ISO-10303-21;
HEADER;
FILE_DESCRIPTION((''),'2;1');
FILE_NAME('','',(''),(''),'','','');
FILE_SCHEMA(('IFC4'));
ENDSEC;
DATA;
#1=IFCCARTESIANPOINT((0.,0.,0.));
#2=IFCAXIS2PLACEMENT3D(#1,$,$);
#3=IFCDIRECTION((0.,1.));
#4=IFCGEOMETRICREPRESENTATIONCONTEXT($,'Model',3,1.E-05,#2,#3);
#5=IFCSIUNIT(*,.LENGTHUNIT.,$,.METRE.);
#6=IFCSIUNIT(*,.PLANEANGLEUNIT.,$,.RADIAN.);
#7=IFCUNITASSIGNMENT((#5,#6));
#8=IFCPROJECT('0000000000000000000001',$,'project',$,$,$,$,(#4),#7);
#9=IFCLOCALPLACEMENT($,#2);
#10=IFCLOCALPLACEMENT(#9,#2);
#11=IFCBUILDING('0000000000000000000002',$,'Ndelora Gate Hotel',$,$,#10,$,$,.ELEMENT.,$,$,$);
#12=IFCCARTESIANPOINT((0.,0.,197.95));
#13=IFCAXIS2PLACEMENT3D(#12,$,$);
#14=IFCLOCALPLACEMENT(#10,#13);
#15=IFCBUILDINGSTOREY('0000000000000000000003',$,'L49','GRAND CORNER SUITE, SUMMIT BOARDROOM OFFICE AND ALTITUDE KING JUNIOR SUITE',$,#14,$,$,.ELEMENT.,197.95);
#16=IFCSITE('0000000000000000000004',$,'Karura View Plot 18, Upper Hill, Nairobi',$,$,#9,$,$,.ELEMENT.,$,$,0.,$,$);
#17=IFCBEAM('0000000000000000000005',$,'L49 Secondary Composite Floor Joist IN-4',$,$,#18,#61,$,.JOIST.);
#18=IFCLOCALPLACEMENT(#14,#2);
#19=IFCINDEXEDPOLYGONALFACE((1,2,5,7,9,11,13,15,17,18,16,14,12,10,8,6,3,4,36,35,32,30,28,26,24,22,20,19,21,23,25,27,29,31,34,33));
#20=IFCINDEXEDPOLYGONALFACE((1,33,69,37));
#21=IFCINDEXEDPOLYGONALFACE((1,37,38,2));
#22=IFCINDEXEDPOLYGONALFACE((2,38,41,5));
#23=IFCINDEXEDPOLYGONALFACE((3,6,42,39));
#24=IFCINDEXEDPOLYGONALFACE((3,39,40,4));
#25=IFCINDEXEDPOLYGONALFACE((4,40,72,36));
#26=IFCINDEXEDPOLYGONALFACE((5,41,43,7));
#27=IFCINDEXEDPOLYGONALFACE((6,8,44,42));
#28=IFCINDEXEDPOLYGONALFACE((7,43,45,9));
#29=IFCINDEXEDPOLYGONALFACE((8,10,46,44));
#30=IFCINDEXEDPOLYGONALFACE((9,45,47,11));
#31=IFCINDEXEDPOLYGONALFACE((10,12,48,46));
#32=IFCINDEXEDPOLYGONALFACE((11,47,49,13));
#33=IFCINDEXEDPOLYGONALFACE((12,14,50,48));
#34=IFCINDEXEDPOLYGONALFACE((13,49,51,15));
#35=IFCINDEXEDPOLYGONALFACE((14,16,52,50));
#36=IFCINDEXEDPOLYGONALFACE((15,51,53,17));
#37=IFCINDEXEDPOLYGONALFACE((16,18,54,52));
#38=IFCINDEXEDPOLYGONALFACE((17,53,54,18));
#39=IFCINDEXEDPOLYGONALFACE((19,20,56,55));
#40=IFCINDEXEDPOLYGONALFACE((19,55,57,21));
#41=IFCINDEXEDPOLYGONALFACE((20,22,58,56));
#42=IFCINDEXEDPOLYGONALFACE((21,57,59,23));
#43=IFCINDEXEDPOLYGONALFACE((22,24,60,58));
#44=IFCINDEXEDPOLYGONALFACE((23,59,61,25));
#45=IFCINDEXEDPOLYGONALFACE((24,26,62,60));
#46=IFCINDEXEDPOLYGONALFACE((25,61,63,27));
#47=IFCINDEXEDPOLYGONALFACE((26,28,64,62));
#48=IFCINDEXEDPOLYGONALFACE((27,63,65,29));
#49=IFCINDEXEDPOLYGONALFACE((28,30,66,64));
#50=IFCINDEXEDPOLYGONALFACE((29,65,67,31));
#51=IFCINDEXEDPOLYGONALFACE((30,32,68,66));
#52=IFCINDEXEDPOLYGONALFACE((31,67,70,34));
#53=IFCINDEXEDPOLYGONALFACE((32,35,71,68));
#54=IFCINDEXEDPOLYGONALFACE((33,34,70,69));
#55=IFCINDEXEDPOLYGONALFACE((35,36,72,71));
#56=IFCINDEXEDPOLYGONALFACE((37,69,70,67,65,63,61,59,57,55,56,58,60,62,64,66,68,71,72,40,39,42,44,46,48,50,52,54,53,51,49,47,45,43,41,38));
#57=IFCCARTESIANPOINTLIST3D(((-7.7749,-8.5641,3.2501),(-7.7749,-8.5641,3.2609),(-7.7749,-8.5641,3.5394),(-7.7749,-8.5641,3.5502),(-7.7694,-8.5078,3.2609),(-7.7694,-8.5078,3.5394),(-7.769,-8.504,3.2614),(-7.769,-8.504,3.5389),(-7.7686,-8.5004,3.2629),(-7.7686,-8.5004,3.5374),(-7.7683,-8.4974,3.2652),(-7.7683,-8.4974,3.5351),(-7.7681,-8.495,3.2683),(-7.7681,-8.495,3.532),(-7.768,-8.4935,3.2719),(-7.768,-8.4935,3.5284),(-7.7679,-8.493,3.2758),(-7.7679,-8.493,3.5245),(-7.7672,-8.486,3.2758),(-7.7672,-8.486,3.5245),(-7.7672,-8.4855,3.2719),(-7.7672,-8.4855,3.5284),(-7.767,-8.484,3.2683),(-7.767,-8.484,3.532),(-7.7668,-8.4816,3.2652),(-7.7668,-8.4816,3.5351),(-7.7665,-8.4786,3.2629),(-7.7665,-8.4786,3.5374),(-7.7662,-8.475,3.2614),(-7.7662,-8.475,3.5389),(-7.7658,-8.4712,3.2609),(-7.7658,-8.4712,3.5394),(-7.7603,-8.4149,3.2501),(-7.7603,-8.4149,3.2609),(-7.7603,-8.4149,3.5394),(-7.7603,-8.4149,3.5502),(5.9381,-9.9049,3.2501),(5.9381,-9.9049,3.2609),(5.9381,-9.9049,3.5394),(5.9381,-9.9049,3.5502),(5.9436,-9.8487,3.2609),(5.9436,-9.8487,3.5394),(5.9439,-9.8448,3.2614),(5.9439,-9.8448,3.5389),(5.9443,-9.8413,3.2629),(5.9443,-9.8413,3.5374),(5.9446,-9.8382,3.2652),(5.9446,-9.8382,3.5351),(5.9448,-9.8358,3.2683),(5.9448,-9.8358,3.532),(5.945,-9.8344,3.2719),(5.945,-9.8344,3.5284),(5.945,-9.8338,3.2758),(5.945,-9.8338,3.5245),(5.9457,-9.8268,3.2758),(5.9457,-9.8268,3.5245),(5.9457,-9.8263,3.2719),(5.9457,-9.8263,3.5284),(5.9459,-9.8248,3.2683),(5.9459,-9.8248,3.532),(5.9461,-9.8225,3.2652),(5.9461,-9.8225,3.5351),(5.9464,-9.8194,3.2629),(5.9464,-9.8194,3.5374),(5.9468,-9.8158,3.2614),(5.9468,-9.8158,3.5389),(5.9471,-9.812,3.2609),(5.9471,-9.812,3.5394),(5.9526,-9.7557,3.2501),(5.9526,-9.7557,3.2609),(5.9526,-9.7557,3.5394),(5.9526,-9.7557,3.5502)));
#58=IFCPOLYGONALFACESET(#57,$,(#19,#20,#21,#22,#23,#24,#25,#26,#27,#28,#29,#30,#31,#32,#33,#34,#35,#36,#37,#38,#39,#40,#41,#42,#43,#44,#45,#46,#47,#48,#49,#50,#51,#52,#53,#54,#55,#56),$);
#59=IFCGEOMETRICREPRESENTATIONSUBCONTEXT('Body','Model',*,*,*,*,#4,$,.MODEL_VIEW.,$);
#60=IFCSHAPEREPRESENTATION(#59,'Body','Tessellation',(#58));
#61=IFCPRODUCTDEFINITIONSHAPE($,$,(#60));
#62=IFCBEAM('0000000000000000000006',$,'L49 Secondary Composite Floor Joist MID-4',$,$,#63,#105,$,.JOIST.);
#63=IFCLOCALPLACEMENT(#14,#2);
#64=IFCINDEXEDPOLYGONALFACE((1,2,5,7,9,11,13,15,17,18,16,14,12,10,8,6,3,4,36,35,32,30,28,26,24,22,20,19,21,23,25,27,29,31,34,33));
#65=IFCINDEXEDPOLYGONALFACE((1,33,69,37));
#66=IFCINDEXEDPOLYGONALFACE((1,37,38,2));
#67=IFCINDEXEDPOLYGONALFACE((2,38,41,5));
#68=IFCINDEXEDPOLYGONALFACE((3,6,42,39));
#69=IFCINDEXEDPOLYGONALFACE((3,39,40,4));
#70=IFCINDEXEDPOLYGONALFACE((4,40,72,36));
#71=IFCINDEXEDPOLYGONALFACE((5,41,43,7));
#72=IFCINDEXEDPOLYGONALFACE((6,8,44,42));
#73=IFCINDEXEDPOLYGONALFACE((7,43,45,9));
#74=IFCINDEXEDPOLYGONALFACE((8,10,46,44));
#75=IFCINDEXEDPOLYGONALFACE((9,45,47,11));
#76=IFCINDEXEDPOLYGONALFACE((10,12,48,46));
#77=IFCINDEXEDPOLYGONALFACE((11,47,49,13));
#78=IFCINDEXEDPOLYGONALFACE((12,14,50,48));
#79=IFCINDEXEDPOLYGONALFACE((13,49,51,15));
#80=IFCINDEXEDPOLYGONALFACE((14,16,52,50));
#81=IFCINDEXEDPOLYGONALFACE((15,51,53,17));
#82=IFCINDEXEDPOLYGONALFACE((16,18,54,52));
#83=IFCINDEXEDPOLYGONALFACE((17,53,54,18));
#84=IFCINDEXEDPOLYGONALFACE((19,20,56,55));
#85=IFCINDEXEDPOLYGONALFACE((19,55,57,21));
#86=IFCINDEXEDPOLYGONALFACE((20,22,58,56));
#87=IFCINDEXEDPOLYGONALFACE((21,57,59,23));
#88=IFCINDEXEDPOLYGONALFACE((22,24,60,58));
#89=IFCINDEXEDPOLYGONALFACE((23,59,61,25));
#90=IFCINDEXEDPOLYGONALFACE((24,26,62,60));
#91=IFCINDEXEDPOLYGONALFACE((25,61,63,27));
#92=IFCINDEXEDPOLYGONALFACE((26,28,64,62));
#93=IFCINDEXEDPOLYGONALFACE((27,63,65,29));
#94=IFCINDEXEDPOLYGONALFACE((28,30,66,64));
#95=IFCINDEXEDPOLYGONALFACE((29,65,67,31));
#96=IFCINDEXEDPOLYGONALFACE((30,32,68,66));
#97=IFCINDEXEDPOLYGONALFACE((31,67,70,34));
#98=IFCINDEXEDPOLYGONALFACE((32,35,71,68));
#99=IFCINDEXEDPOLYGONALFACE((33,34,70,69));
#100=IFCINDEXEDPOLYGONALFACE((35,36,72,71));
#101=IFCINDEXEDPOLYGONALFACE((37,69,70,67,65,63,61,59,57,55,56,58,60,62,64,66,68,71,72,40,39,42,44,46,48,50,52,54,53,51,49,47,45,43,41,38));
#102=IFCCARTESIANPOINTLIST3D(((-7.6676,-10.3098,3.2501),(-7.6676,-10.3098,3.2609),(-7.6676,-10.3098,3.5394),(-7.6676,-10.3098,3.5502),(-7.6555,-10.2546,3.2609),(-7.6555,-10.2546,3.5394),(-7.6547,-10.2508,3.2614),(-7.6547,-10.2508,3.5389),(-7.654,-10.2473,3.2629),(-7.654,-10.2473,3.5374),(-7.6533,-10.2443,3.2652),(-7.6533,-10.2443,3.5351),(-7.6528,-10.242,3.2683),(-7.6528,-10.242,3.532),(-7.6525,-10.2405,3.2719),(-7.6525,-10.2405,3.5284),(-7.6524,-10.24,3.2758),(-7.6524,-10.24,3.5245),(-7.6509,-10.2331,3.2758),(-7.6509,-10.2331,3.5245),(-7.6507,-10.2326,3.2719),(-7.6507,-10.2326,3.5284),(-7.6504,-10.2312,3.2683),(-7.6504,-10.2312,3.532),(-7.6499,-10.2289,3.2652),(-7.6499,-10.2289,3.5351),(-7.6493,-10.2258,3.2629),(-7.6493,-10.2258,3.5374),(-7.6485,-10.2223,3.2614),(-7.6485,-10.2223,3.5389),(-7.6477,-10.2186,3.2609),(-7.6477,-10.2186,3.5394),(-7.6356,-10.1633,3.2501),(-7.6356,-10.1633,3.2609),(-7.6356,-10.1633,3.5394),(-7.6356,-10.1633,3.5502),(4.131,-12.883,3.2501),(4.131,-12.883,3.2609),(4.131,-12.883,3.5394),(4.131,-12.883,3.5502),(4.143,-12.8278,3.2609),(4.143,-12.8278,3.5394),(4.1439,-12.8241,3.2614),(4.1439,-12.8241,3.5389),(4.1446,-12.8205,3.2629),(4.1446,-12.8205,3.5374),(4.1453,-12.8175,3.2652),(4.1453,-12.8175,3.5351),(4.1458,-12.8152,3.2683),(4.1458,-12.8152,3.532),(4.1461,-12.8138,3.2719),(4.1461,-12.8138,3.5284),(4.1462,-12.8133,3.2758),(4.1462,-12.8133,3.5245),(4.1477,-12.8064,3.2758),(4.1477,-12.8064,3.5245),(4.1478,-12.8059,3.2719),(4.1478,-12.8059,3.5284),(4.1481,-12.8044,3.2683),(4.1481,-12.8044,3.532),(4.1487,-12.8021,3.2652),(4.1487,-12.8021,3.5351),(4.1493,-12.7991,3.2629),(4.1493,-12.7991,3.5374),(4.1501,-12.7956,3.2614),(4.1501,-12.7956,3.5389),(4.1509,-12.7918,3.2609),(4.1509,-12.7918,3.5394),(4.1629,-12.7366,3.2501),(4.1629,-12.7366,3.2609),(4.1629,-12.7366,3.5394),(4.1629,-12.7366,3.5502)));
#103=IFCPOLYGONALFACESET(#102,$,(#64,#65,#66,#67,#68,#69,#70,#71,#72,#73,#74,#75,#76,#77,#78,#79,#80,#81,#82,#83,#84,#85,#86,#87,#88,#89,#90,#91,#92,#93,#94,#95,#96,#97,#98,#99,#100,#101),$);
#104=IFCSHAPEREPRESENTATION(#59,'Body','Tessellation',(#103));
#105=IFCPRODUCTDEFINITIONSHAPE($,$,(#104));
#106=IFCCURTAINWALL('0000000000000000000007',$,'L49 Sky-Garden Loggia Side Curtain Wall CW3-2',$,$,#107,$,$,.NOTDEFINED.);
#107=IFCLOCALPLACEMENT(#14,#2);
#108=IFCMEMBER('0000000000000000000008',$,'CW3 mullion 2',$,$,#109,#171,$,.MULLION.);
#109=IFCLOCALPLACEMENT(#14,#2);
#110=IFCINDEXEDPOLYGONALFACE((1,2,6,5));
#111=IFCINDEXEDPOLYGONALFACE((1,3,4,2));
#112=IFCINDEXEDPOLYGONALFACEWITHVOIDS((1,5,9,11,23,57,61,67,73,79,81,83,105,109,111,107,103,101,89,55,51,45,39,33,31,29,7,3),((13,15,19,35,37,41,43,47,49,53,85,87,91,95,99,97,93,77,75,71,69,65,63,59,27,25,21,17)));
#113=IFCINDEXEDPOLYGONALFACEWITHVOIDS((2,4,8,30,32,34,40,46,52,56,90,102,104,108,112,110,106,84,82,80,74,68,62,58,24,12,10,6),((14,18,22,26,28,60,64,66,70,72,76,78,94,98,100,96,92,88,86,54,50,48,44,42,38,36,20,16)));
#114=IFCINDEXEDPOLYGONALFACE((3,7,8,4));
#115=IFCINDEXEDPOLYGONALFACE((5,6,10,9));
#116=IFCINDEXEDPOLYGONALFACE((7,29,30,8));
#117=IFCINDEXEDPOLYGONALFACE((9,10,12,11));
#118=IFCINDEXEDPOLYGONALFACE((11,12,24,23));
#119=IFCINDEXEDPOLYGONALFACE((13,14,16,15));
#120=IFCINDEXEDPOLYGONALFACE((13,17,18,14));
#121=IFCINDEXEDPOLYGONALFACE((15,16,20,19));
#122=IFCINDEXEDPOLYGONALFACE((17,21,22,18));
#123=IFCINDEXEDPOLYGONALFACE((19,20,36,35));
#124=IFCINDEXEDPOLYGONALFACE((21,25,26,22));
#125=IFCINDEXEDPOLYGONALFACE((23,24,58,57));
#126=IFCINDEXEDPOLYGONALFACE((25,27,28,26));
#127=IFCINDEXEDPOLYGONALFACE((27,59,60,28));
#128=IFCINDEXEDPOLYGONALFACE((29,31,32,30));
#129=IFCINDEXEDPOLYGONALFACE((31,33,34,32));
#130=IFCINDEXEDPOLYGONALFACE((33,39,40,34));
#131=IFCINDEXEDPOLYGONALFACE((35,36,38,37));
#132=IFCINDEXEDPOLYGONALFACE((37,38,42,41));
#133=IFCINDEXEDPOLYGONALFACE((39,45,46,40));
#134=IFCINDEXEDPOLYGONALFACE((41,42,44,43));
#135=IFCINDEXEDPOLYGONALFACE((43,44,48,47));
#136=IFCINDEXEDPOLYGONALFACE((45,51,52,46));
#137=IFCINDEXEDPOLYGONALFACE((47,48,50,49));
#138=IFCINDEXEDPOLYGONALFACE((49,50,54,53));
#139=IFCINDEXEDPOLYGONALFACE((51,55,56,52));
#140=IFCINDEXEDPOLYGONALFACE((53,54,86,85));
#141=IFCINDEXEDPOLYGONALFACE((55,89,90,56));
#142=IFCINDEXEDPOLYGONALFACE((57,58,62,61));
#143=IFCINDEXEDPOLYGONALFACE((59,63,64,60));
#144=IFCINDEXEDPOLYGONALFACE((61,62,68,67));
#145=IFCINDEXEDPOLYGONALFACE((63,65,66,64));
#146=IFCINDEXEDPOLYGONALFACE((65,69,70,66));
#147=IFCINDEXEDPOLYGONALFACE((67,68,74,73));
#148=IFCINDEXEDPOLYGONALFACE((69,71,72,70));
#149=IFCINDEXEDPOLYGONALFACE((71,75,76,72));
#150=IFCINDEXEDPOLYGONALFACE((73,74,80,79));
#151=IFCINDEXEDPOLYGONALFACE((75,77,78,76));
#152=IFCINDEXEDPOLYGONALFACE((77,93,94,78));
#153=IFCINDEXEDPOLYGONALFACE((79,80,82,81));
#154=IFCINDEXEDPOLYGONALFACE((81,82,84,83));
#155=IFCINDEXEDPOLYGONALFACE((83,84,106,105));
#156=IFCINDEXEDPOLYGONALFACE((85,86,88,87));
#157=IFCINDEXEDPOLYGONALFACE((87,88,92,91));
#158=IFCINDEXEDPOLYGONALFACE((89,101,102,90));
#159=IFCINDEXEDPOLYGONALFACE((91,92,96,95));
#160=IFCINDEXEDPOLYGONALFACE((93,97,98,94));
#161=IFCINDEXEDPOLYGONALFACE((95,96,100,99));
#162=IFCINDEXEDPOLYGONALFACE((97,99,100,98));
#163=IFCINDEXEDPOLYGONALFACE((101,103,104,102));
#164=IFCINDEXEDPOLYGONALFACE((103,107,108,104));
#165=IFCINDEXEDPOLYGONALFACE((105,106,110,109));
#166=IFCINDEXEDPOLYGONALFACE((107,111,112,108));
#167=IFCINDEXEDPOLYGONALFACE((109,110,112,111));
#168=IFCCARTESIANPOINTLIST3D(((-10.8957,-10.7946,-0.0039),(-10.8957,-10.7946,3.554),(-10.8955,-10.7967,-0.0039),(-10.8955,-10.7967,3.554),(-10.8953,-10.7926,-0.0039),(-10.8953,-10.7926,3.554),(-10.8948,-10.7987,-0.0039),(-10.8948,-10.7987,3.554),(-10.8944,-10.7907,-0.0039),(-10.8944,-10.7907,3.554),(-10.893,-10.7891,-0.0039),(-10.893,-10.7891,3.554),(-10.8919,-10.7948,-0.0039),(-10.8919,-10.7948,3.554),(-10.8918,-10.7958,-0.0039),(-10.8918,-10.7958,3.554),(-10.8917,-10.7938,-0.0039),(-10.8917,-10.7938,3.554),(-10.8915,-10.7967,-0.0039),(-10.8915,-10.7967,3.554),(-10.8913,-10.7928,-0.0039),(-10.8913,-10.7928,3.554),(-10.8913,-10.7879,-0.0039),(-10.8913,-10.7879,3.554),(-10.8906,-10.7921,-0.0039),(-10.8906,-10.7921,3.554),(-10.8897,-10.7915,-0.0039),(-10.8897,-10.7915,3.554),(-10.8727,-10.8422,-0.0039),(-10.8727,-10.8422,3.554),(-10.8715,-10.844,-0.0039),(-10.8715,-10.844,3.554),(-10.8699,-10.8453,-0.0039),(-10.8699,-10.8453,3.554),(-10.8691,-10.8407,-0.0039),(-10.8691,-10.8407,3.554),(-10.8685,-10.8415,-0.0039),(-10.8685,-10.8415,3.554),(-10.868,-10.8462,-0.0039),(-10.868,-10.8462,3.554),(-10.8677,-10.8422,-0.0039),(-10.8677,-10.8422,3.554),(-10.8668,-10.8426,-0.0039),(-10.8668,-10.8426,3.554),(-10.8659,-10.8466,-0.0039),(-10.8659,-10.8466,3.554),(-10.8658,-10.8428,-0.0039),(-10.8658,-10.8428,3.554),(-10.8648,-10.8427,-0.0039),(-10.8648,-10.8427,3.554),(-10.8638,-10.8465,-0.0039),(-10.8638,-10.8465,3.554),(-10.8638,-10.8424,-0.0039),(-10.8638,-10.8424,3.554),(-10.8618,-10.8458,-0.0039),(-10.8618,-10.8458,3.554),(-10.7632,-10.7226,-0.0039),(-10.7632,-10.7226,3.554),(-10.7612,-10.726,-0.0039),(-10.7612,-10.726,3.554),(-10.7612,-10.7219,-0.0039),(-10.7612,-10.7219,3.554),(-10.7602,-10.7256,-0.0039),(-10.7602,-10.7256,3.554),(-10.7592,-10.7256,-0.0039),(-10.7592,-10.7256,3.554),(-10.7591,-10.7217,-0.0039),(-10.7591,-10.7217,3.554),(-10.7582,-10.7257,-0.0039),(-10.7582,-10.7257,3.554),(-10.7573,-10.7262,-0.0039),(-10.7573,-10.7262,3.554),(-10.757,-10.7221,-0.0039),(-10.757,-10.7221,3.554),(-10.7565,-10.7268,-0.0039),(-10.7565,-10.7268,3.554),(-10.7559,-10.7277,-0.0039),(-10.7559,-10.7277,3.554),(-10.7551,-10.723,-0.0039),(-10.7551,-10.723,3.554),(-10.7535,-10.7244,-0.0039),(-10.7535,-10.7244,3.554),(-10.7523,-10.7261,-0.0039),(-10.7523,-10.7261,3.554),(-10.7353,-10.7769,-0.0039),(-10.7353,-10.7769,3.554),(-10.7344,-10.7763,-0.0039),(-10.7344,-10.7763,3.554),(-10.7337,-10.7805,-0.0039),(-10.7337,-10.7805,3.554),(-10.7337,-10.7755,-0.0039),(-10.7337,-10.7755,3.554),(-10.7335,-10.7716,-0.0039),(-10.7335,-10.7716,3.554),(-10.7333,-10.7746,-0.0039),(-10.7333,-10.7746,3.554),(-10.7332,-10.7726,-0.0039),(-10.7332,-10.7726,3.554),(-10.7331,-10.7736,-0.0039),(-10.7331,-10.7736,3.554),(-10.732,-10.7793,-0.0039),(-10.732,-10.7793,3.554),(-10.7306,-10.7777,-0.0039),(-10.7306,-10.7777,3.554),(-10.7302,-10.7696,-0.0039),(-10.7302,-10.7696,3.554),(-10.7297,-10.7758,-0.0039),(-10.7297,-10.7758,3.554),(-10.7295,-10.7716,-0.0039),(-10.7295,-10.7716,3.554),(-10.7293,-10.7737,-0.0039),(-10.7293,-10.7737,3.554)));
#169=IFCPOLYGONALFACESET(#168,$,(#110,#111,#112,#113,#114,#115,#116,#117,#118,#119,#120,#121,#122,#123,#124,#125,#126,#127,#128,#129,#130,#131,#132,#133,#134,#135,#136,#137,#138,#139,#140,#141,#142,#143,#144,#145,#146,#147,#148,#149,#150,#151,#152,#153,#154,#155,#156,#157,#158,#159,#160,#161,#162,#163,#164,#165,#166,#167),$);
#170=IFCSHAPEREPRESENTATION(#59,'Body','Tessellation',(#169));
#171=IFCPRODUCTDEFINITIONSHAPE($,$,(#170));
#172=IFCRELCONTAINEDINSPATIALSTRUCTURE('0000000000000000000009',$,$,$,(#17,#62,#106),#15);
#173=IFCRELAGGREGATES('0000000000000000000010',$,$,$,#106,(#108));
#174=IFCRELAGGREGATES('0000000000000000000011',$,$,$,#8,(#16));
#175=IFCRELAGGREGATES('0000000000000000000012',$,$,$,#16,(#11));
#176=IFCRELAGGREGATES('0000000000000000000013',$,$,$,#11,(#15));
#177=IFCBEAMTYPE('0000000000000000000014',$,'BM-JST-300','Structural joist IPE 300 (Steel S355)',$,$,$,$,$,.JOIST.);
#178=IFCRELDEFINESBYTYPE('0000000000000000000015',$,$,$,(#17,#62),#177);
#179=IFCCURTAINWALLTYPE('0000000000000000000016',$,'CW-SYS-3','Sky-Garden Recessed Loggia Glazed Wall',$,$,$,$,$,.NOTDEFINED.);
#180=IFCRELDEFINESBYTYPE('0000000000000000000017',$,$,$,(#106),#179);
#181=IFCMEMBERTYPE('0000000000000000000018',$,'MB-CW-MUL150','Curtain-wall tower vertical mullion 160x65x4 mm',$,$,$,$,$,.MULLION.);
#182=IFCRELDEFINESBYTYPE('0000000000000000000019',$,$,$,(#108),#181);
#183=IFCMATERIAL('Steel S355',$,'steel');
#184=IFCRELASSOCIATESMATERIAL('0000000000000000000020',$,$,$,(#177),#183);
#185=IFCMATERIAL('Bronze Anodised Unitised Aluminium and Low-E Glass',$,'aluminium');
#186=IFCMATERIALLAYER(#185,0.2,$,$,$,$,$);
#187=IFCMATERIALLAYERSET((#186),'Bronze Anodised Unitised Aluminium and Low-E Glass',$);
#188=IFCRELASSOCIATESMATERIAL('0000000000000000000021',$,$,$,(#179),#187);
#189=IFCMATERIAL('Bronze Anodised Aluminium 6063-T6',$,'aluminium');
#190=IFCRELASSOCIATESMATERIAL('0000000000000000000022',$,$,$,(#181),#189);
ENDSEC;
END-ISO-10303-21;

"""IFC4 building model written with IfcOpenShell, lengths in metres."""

from ifc_helpers import new_model, si_unit, direction, frame, origin, origin_2d, place, context, subcontext, project, spatial, hollow_rectangle, i_section, extrude, material, layer, layer_set, material_profile, profile_set, type_object, element, aggregate, save


model = new_model("IFC4")

# Units and contexts
model_context = context("Model", 3, precision=1e-05, world=origin(), true_north=direction((0.0, 1.0)))
body_context = subcontext(model_context, "Body", "Model", "MODEL_VIEW")
ifc_project = project(units=[si_unit("LENGTHUNIT", "METRE"), si_unit("PLANEANGLEUNIT", "RADIAN")], contexts=[model_context])

# Site, building, storey
site_placement = place(None, origin())
site = spatial("IfcSite", under=ifc_project, at=site_placement, Name="Karura View Plot 18, Upper Hill, Nairobi", CompositionType="ELEMENT", RefElevation=0.0)
building_placement = place(site_placement, origin())
building = spatial("IfcBuilding", under=site, at=building_placement, Name="Ndelora Gate Hotel", CompositionType="ELEMENT")
storey_placement = place(building_placement, frame((0.0, 0.0, 197.95)))
storey = spatial("IfcBuildingStorey", under=building, at=storey_placement, Name="L49", Description="GRAND CORNER SUITE, SUMMIT BOARDROOM OFFICE AND ALTITUDE KING JUNIOR SUITE", CompositionType="ELEMENT", Elevation=197.95)

# Beams
ifc_material_1 = material(Name="Steel S355", Category="steel")
ifc_material_profile_1 = material_profile(ifc_material_1, i_section(OverallWidth=0.1499, OverallDepth=0.3, WebThickness=0.0071, FlangeThickness=0.0107, FilletRadius=0.0149, at=origin_2d()), Name="IPE 300")
ifc_profile_set_1 = profile_set([ifc_material_profile_1], Name="Steel S355")
beam_type = type_object("IfcBeamType", Name="BM-JST-300", Description="Structural joist IPE 300 (Steel S355)", PredefinedType="JOIST", material=ifc_profile_set_1)
beam_1_placement = place(storey_placement, frame((-7.7676, -8.4895, 3.4001), z_axis=(0.995254, -0.097314, 0.0), x_axis=(0.097314, 0.995254, 0.0)))
element("IfcBeam", 1, at=beam_1_placement, inside=storey, type_object=beam_type, Name="L49 Secondary Composite Floor Joist IN-4", PredefinedType="JOIST", context=body_context, shape_type="SweptSolid", body=[
    extrude(i_section(OverallWidth=0.1499, OverallDepth=0.3, WebThickness=0.0071, FlangeThickness=0.0107, FilletRadius=0.0149, at=origin_2d()), origin(), (0.0, 0.0, 1.0), 13.7783),
])
beam_2_placement = place(storey_placement, frame((-7.6516, -10.2366, 3.4001), z_axis=(0.977033, -0.213088, 0.0), x_axis=(0.213088, 0.977033, 0.0)))
element("IfcBeam", 2, at=beam_2_placement, inside=storey, type_object=beam_type, Name="L49 Secondary Composite Floor Joist MID-4", PredefinedType="JOIST", context=body_context, shape_type="SweptSolid", body=[
    extrude(i_section(OverallWidth=0.1499, OverallDepth=0.3, WebThickness=0.0071, FlangeThickness=0.0107, FilletRadius=0.0149, at=origin_2d()), origin(), (0.0, 0.0, 1.0), 12.0759),
])

# Curtain wall, member
ifc_material_2 = material(Name="Bronze Anodised Unitised Aluminium and Low-E Glass", Category="aluminium")
ifc_layer_1 = layer(ifc_material_2, 0.2)
ifc_layer_set_1 = layer_set([ifc_layer_1], Name="Bronze Anodised Unitised Aluminium and Low-E Glass")
curtain_wall_type = type_object("IfcCurtainWallType", Name="CW-SYS-3", Description="Sky-Garden Recessed Loggia Glazed Wall", PredefinedType="NOTDEFINED", material=ifc_layer_set_1)
curtain_wall_placement = place(storey_placement, origin())
curtain_wall = element("IfcCurtainWall", 3, at=curtain_wall_placement, inside=storey, type_object=curtain_wall_type, Name="L49 Sky-Garden Loggia Side Curtain Wall CW3-2", PredefinedType="NOTDEFINED")
ifc_material_3 = material(Name="Bronze Anodised Aluminium 6063-T6", Category="aluminium")
ifc_material_profile_2 = material_profile(ifc_material_3, hollow_rectangle(XDim=0.0649, YDim=0.1599, WallThickness=0.0039, InnerFilletRadius=0.0039, OuterFilletRadius=0.0081, at=origin_2d()), Name="ALU 160x65x4")
ifc_profile_set_2 = profile_set([ifc_material_profile_2], Name="Bronze Anodised Aluminium 6063-T6")
member_type_1 = type_object("IfcMemberType", Name="MB-CW-MUL150", Description="Curtain-wall tower vertical mullion 160x65x4 mm", PredefinedType="MULLION", material=ifc_profile_set_2)
member_1_placement = place(storey_placement, frame((-10.8125, -10.7842, -0.0039), z_axis=(0.0, 0.0, 1.0), x_axis=(-0.454001, 0.891001, 0.0)))
member_1 = element("IfcMember", 4, at=member_1_placement, type_object=member_type_1, Name="CW3 mullion 2", PredefinedType="MULLION", context=body_context, shape_type="SweptSolid", body=[
    extrude(hollow_rectangle(XDim=0.0649, YDim=0.1599, WallThickness=0.0039, InnerFilletRadius=0.0039, OuterFilletRadius=0.0081, at=origin_2d()), origin(), (0.0, 0.0, 1.0), 3.5579),
])
aggregate(curtain_wall, [member_1])

save(model, "model.ifc")
